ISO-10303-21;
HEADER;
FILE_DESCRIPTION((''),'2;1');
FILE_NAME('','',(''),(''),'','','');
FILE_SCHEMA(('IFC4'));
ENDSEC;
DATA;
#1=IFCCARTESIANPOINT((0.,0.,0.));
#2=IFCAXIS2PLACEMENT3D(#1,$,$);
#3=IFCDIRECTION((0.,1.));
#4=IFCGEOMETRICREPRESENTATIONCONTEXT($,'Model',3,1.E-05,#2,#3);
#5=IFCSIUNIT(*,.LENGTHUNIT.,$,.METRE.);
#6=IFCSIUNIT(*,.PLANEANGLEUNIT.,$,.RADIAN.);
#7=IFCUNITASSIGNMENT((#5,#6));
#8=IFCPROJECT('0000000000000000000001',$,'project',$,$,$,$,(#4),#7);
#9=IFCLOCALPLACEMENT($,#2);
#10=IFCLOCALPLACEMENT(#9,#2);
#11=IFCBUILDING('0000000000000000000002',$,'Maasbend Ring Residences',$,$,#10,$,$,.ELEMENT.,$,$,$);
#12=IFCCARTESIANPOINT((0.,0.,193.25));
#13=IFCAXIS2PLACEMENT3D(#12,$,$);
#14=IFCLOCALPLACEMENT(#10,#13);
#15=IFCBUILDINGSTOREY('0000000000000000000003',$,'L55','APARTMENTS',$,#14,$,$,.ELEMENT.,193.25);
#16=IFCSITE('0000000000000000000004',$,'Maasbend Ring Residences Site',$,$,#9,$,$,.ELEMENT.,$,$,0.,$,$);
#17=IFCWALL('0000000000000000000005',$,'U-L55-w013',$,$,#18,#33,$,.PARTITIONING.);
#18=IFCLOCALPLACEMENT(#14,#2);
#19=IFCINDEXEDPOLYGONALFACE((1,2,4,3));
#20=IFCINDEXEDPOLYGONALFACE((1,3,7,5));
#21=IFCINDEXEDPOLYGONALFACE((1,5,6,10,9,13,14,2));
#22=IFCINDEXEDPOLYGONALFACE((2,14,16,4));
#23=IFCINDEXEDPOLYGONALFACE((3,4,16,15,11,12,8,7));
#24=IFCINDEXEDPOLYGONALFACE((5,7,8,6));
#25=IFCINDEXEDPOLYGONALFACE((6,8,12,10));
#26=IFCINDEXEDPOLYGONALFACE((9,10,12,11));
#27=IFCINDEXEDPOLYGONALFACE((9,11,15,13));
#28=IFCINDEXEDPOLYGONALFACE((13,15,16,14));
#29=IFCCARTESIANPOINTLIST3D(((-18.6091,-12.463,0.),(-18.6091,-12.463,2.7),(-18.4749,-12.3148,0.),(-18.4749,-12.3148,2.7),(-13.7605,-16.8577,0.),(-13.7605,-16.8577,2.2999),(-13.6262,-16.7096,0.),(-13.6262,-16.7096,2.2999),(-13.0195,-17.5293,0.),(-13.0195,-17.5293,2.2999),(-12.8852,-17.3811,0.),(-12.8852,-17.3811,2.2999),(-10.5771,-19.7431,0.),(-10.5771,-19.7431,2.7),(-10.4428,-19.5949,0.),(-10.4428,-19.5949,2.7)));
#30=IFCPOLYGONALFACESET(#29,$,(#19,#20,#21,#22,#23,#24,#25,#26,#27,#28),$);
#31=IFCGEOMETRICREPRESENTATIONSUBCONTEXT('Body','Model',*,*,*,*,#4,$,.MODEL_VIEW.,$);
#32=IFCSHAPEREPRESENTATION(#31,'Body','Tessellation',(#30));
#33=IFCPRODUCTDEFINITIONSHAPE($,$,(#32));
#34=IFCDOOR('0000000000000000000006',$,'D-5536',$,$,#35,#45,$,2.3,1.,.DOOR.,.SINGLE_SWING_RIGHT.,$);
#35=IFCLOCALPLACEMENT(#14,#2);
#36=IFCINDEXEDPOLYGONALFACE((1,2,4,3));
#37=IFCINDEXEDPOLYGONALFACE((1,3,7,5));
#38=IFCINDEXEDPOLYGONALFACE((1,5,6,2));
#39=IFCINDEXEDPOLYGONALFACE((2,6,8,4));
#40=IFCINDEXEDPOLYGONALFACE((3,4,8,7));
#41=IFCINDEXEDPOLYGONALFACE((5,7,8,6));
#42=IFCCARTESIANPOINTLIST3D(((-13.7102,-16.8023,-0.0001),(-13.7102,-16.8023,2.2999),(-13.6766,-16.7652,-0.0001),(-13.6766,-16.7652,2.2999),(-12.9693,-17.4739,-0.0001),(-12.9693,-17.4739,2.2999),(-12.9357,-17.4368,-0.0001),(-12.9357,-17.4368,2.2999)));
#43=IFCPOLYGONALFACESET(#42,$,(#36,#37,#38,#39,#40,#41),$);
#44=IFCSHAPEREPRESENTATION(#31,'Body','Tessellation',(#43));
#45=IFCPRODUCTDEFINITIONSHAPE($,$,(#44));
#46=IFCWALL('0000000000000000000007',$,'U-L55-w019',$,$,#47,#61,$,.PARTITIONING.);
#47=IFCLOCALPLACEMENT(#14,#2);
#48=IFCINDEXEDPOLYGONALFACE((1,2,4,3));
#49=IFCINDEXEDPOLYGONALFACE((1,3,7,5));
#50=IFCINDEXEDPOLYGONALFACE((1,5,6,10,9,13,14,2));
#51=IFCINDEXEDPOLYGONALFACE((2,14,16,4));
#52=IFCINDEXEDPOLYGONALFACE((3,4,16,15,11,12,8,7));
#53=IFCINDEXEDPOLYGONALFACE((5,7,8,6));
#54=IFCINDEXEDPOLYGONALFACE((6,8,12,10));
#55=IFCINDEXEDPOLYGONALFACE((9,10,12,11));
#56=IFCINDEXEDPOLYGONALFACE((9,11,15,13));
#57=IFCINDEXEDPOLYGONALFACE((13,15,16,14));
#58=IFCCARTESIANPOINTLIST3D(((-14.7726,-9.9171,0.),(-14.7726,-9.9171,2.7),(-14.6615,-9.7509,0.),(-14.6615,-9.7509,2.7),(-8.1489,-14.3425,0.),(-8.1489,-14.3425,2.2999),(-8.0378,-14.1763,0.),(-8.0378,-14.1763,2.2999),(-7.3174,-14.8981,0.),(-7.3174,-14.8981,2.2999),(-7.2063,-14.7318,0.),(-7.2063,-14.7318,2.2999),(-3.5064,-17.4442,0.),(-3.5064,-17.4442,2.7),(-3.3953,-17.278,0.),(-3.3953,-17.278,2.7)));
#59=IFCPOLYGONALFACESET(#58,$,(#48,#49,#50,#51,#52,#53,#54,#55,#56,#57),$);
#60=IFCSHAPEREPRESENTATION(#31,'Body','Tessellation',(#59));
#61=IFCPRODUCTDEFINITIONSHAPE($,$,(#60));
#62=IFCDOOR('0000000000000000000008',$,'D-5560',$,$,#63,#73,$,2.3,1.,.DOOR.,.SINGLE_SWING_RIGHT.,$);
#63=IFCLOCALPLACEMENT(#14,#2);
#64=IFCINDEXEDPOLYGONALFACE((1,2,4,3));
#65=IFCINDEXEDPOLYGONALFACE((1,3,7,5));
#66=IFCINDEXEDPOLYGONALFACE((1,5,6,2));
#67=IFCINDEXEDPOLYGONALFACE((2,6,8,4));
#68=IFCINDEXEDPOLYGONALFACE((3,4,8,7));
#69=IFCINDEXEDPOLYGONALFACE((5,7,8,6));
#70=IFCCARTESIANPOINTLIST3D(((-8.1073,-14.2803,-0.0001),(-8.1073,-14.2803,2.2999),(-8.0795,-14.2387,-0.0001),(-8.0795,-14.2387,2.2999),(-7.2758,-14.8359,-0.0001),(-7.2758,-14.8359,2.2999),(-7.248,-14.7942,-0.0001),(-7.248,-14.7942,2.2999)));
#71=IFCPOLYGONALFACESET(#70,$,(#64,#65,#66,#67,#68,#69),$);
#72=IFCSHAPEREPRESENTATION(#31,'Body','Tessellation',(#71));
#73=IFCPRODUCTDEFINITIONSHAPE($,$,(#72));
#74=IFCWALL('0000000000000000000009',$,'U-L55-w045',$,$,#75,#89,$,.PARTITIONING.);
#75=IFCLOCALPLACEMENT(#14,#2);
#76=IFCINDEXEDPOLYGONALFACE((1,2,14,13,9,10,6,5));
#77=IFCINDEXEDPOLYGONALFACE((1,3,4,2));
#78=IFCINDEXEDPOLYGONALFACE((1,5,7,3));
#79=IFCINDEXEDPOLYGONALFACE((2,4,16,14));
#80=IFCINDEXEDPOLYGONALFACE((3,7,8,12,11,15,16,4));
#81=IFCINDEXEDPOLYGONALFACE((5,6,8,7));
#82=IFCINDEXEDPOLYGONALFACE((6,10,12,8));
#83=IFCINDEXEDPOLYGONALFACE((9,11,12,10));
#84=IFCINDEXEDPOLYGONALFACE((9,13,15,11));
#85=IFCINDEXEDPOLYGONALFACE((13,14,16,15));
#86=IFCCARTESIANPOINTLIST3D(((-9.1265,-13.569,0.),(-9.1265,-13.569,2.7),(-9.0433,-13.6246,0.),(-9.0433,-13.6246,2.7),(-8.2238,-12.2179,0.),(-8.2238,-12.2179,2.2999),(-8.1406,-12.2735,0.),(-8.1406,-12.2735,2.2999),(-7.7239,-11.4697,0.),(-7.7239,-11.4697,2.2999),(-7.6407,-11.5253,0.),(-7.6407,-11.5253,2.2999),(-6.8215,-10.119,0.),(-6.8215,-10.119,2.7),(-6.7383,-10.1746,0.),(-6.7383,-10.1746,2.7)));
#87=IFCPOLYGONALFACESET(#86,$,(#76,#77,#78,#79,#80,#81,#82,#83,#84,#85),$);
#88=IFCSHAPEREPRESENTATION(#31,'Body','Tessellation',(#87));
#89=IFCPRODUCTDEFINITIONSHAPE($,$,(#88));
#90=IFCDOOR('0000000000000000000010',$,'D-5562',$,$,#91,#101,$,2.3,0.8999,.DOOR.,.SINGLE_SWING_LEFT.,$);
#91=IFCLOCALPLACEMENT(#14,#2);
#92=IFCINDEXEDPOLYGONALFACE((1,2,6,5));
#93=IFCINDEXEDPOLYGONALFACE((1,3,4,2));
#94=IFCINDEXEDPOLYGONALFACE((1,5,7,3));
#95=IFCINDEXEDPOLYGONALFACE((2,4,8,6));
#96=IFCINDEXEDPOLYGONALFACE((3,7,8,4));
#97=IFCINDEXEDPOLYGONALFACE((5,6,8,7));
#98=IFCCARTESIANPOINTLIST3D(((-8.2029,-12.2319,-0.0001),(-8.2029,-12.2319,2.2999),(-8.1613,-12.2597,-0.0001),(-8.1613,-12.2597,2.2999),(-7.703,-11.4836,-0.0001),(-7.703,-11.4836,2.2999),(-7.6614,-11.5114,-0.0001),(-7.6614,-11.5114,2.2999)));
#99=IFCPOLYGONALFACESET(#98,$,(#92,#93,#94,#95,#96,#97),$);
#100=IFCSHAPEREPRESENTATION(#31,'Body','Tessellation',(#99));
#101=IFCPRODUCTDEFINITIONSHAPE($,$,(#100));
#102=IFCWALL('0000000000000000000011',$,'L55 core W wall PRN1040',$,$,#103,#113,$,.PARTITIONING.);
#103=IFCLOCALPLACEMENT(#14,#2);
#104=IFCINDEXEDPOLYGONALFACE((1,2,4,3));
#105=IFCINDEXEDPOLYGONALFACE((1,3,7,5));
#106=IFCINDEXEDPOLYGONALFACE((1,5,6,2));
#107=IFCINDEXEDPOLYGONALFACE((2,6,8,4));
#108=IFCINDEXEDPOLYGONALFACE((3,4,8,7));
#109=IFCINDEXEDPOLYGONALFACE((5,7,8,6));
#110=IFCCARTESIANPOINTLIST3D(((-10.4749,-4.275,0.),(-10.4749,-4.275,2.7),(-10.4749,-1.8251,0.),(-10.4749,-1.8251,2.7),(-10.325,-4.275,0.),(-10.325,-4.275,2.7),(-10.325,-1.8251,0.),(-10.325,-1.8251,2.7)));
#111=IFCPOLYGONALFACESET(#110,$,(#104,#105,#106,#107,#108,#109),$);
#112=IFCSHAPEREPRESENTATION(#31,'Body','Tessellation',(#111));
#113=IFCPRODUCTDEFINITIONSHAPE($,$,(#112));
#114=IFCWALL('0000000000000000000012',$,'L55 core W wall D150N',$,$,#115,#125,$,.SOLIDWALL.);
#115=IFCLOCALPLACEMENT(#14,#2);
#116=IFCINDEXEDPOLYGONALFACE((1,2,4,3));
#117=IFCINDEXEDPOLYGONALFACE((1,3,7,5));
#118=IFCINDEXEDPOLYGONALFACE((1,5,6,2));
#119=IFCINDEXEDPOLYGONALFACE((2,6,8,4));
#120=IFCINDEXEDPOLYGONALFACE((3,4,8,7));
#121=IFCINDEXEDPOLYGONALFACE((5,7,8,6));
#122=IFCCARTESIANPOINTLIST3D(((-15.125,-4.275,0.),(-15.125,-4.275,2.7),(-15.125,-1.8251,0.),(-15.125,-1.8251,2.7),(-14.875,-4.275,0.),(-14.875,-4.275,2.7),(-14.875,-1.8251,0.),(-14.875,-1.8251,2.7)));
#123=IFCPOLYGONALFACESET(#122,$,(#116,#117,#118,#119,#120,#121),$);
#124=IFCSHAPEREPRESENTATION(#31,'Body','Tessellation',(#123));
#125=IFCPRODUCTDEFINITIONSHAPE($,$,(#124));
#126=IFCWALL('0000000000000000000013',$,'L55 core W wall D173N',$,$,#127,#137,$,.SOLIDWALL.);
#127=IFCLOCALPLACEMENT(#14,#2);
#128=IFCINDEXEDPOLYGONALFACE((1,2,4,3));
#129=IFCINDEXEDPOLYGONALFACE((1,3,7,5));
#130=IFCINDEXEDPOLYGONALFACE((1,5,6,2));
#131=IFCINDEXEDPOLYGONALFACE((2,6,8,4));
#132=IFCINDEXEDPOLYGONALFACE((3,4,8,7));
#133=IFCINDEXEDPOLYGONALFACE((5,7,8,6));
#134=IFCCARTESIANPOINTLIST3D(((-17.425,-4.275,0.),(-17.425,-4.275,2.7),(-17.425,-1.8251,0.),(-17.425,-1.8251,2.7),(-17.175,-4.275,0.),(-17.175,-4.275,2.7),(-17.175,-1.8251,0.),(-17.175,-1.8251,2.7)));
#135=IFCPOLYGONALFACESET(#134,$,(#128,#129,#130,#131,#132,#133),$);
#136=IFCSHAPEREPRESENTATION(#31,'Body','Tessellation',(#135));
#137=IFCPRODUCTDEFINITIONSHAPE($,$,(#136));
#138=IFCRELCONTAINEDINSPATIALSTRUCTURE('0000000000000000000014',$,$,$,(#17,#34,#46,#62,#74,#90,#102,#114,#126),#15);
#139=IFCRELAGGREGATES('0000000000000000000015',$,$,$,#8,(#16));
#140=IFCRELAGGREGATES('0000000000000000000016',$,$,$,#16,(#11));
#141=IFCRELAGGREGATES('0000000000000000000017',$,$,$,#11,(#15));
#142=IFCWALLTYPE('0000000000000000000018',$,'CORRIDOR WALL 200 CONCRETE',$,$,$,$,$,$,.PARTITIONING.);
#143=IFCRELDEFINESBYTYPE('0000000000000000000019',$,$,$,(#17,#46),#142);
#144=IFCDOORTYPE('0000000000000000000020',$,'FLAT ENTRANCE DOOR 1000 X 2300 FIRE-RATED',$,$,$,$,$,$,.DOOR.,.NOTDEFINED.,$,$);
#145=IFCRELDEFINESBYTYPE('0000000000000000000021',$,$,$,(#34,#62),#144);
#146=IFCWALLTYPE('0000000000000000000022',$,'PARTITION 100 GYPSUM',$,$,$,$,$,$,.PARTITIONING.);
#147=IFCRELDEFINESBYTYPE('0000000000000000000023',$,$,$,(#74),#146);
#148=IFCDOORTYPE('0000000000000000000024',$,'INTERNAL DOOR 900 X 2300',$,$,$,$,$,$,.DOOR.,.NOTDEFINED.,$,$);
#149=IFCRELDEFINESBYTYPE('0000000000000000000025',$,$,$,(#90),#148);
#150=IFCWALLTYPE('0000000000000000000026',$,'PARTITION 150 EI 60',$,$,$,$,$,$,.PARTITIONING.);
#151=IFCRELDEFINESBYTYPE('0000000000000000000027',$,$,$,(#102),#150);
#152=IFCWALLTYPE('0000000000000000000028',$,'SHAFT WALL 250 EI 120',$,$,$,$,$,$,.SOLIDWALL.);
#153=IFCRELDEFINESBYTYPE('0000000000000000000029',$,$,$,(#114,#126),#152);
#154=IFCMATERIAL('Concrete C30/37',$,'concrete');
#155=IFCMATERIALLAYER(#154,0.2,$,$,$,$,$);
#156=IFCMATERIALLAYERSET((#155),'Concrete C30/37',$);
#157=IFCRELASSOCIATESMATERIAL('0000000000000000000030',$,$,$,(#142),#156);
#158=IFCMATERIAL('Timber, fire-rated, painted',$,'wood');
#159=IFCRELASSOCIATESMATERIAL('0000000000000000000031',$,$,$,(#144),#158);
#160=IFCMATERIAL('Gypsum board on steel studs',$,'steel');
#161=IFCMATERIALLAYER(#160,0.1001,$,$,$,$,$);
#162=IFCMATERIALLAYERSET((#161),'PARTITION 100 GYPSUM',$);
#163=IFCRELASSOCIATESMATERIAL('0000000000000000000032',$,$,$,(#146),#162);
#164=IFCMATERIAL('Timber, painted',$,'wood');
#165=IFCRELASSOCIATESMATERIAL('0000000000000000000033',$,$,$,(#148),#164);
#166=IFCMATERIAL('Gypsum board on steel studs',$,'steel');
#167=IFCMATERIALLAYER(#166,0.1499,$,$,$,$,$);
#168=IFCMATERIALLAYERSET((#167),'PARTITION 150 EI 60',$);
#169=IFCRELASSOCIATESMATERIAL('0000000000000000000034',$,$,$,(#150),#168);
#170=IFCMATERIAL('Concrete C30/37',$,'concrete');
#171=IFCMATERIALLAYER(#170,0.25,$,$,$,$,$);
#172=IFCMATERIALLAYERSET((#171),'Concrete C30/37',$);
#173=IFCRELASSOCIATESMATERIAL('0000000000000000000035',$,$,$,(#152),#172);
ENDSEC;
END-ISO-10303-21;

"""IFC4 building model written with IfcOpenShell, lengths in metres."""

from ifc_helpers import new_model, si_unit, direction, frame, frame_2d, origin, place, context, subcontext, project, spatial, rectangle, extrude, material, layer, layer_set, type_object, element, fill, save


model = new_model("IFC4")

# Units and contexts
model_context = context("Model", 3, precision=1e-05, world=origin(), true_north=direction((0.0, 1.0)))
body_context = subcontext(model_context, "Body", "Model", "MODEL_VIEW")
ifc_project = project(units=[si_unit("LENGTHUNIT", "METRE"), si_unit("PLANEANGLEUNIT", "RADIAN")], contexts=[model_context])

# Site, building, storey
site_placement = place(None, origin())
site = spatial("IfcSite", under=ifc_project, at=site_placement, Name="Maasbend Ring Residences Site", CompositionType="ELEMENT", RefElevation=0.0)
building_placement = place(site_placement, origin())
building = spatial("IfcBuilding", under=site, at=building_placement, Name="Maasbend Ring Residences", CompositionType="ELEMENT")
storey_placement = place(building_placement, frame((0.0, 0.0, 193.25)))
storey = spatial("IfcBuildingStorey", under=building, at=storey_placement, Name="L55", Description="APARTMENTS", CompositionType="ELEMENT", Elevation=193.25)

# Walls, openings, doors
ifc_material_1 = material(Name="Concrete C30/37", Category="concrete")
ifc_layer_1 = layer(ifc_material_1, 0.2)
ifc_layer_set_1 = layer_set([ifc_layer_1], Name="Concrete C30/37")
wall_type_1 = type_object("IfcWallType", Name="CORRIDOR WALL 200 CONCRETE", PredefinedType="PARTITIONING", material=ifc_layer_set_1)
wall_1_placement = place(storey_placement, frame((-18.542, -12.3889, 0.0), z_axis=(0.0, 0.0, 1.0), x_axis=(0.740939, -0.671572, 0.0)))
wall_1 = element("IfcWall", 1, at=wall_1_placement, inside=storey, type_object=wall_type_1, Name="U-L55-w013", PredefinedType="PARTITIONING", context=body_context, shape_type="SweptSolid", body=[
    extrude(rectangle(XDim=10.8403, YDim=0.2, at=frame_2d((5.4202, 0.0))), origin(), (0.0, 0.0, 1.0), 2.7),
])
opening_1_placement = place(wall_1_placement, frame((6.5439, 0.0, 0.0)))
opening_1 = element("IfcOpeningElement", 2, at=opening_1_placement, cuts=wall_1, PredefinedType="OPENING", context=body_context, shape_type="SweptSolid", body=[
    extrude(rectangle(XDim=1.0, YDim=2.3, at=frame_2d((0.5, 1.1499))), frame((0.0, 0.1099, 0.0), z_axis=(0.0, -1.0, 0.0), x_axis=(1.0, 0.0, 0.0)), (0.0, 0.0, 1.0), 0.22),
])
ifc_material_2 = material(Name="Timber, fire-rated, painted", Category="wood")
door_type_1 = type_object("IfcDoorType", Name="FLAT ENTRANCE DOOR 1000 X 2300 FIRE-RATED", OperationType="NOTDEFINED", PredefinedType="DOOR", material=ifc_material_2)
door_1_placement = place(opening_1_placement, origin())
door_1 = element("IfcDoor", 3, at=door_1_placement, inside=storey, type_object=door_type_1, Name="D-5536", OperationType="SINGLE_SWING_RIGHT", OverallHeight=2.3, OverallWidth=1.0, PredefinedType="DOOR", context=body_context, shape_type="SweptSolid", body=[
    extrude(rectangle(XDim=1.0, YDim=2.3, at=frame_2d((0.5, 1.1499))), frame((0.0, 0.0249, 0.0), z_axis=(0.0, -1.0, 0.0), x_axis=(1.0, 0.0, 0.0)), (0.0, 0.0, 1.0), 0.05),
])
fill(opening_1, door_1)
wall_2_placement = place(storey_placement, frame((-14.717, -9.834, 0.0), z_axis=(0.0, 0.0, 1.0), x_axis=(0.831493, -0.555536, 0.0)))
wall_2 = element("IfcWall", 4, at=wall_2_placement, inside=storey, type_object=wall_type_1, Name="U-L55-w019", PredefinedType="PARTITIONING", context=body_context, shape_type="SweptSolid", body=[
    extrude(rectangle(XDim=13.5493, YDim=0.2, at=frame_2d((6.7747, 0.0))), origin(), (0.0, 0.0, 1.0), 2.7),
])
opening_2_placement = place(wall_2_placement, frame((7.9661, 0.0, 0.0)))
opening_2 = element("IfcOpeningElement", 5, at=opening_2_placement, cuts=wall_2, PredefinedType="OPENING", context=body_context, shape_type="SweptSolid", body=[
    extrude(rectangle(XDim=1.0, YDim=2.3, at=frame_2d((0.5, 1.1499))), frame((0.0, 0.1099, 0.0), z_axis=(0.0, -1.0, 0.0), x_axis=(1.0, 0.0, 0.0)), (0.0, 0.0, 1.0), 0.22),
])
door_2_placement = place(opening_2_placement, origin())
door_2 = element("IfcDoor", 6, at=door_2_placement, inside=storey, type_object=door_type_1, Name="D-5560", OperationType="SINGLE_SWING_RIGHT", OverallHeight=2.3, OverallWidth=1.0, PredefinedType="DOOR", context=body_context, shape_type="SweptSolid", body=[
    extrude(rectangle(XDim=1.0, YDim=2.3, at=frame_2d((0.5, 1.1499))), frame((0.0, 0.0249, 0.0), z_axis=(0.0, -1.0, 0.0), x_axis=(1.0, 0.0, 0.0)), (0.0, 0.0, 1.0), 0.05),
])
fill(opening_2, door_2)
ifc_material_3 = material(Name="Gypsum board on steel studs", Category="steel")
ifc_layer_2 = layer(ifc_material_3, 0.1001)
ifc_layer_set_2 = layer_set([ifc_layer_2], Name="PARTITION 100 GYPSUM")
wall_type_2 = type_object("IfcWallType", Name="PARTITION 100 GYPSUM", PredefinedType="PARTITIONING", material=ifc_layer_set_2)
wall_3_placement = place(storey_placement, frame((-9.085, -13.5969, 0.0), z_axis=(0.0, 0.0, 1.0), x_axis=(0.555528, 0.831498, 0.0)))
wall_3 = element("IfcWall", 7, at=wall_3_placement, inside=storey, type_object=wall_type_2, Name="U-L55-w045", PredefinedType="PARTITIONING", context=body_context, shape_type="SweptSolid", body=[
    extrude(rectangle(XDim=4.1492, YDim=0.1001, at=frame_2d((2.0747, 0.0))), origin(), (0.0, 0.0, 1.0), 2.7),
])
opening_3_placement = place(wall_3_placement, frame((1.625, 0.0, 0.0)))
opening_3 = element("IfcOpeningElement", 8, at=opening_3_placement, cuts=wall_3, PredefinedType="OPENING", context=body_context, shape_type="SweptSolid", body=[
    extrude(rectangle(XDim=0.8999, YDim=2.3, at=frame_2d((0.45, 1.1499))), frame((0.0, 0.0601, 0.0), z_axis=(0.0, -1.0, 0.0), x_axis=(1.0, 0.0, 0.0)), (0.0, 0.0, 1.0), 0.1201),
])
ifc_material_4 = material(Name="Timber, painted", Category="wood")
door_type_2 = type_object("IfcDoorType", Name="INTERNAL DOOR 900 X 2300", OperationType="NOTDEFINED", PredefinedType="DOOR", material=ifc_material_4)
door_3_placement = place(opening_3_placement, origin())
door_3 = element("IfcDoor", 9, at=door_3_placement, inside=storey, type_object=door_type_2, Name="D-5562", OperationType="SINGLE_SWING_LEFT", OverallHeight=2.3, OverallWidth=0.8999, PredefinedType="DOOR", context=body_context, shape_type="SweptSolid", body=[
    extrude(rectangle(XDim=0.8999, YDim=2.3, at=frame_2d((0.45, 1.1499))), frame((0.0, 0.0249, 0.0), z_axis=(0.0, -1.0, 0.0), x_axis=(1.0, 0.0, 0.0)), (0.0, 0.0, 1.0), 0.05),
])
fill(opening_3, door_3)

# Walls
ifc_material_5 = material(Name="Gypsum board on steel studs", Category="steel")
ifc_layer_3 = layer(ifc_material_5, 0.1499)
ifc_layer_set_3 = layer_set([ifc_layer_3], Name="PARTITION 150 EI 60")
wall_type_3 = type_object("IfcWallType", Name="PARTITION 150 EI 60", PredefinedType="PARTITIONING", material=ifc_layer_set_3)
wall_4_placement = place(storey_placement, frame((-10.3999, -1.825, 0.0), z_axis=(0.0, 0.0, 1.0), x_axis=(0.0, -1.0, 0.0)))
element("IfcWall", 10, at=wall_4_placement, inside=storey, type_object=wall_type_3, Name="L55 core W wall PRN1040", PredefinedType="PARTITIONING", context=body_context, shape_type="SweptSolid", body=[
    extrude(rectangle(XDim=2.45, YDim=0.1499, at=frame_2d((1.2251, 0.0))), origin(), (0.0, 0.0, 1.0), 2.7),
])
ifc_material_6 = material(Name="Concrete C30/37", Category="concrete")
ifc_layer_4 = layer(ifc_material_6, 0.25)
ifc_layer_set_4 = layer_set([ifc_layer_4], Name="Concrete C30/37")
wall_type_4 = type_object("IfcWallType", Name="SHAFT WALL 250 EI 120", PredefinedType="SOLIDWALL", material=ifc_layer_set_4)
for number, where, z_axis, x_axis, name in (
    (11, (-15.0, -1.825, 0.0), (0.0, 0.0, 1.0), (0.0, -1.0, 0.0), "L55 core W wall D150N"),
    (12, (-17.3, -1.825, 0.0), (0.0, 0.0, 1.0), (0.0, -1.0, 0.0), "L55 core W wall D173N"),
):
    element("IfcWall", number, at=place(storey_placement, frame(where, z_axis=z_axis, x_axis=x_axis)), inside=storey, type_object=wall_type_4, Name=name, PredefinedType="SOLIDWALL", context=body_context, shape_type="SweptSolid", body=[
        extrude(rectangle(XDim=2.45, YDim=0.25, at=frame_2d((1.2251, 0.0))), origin(), (0.0, 0.0, 1.0), 2.7),
    ])

save(model, "model.ifc")
